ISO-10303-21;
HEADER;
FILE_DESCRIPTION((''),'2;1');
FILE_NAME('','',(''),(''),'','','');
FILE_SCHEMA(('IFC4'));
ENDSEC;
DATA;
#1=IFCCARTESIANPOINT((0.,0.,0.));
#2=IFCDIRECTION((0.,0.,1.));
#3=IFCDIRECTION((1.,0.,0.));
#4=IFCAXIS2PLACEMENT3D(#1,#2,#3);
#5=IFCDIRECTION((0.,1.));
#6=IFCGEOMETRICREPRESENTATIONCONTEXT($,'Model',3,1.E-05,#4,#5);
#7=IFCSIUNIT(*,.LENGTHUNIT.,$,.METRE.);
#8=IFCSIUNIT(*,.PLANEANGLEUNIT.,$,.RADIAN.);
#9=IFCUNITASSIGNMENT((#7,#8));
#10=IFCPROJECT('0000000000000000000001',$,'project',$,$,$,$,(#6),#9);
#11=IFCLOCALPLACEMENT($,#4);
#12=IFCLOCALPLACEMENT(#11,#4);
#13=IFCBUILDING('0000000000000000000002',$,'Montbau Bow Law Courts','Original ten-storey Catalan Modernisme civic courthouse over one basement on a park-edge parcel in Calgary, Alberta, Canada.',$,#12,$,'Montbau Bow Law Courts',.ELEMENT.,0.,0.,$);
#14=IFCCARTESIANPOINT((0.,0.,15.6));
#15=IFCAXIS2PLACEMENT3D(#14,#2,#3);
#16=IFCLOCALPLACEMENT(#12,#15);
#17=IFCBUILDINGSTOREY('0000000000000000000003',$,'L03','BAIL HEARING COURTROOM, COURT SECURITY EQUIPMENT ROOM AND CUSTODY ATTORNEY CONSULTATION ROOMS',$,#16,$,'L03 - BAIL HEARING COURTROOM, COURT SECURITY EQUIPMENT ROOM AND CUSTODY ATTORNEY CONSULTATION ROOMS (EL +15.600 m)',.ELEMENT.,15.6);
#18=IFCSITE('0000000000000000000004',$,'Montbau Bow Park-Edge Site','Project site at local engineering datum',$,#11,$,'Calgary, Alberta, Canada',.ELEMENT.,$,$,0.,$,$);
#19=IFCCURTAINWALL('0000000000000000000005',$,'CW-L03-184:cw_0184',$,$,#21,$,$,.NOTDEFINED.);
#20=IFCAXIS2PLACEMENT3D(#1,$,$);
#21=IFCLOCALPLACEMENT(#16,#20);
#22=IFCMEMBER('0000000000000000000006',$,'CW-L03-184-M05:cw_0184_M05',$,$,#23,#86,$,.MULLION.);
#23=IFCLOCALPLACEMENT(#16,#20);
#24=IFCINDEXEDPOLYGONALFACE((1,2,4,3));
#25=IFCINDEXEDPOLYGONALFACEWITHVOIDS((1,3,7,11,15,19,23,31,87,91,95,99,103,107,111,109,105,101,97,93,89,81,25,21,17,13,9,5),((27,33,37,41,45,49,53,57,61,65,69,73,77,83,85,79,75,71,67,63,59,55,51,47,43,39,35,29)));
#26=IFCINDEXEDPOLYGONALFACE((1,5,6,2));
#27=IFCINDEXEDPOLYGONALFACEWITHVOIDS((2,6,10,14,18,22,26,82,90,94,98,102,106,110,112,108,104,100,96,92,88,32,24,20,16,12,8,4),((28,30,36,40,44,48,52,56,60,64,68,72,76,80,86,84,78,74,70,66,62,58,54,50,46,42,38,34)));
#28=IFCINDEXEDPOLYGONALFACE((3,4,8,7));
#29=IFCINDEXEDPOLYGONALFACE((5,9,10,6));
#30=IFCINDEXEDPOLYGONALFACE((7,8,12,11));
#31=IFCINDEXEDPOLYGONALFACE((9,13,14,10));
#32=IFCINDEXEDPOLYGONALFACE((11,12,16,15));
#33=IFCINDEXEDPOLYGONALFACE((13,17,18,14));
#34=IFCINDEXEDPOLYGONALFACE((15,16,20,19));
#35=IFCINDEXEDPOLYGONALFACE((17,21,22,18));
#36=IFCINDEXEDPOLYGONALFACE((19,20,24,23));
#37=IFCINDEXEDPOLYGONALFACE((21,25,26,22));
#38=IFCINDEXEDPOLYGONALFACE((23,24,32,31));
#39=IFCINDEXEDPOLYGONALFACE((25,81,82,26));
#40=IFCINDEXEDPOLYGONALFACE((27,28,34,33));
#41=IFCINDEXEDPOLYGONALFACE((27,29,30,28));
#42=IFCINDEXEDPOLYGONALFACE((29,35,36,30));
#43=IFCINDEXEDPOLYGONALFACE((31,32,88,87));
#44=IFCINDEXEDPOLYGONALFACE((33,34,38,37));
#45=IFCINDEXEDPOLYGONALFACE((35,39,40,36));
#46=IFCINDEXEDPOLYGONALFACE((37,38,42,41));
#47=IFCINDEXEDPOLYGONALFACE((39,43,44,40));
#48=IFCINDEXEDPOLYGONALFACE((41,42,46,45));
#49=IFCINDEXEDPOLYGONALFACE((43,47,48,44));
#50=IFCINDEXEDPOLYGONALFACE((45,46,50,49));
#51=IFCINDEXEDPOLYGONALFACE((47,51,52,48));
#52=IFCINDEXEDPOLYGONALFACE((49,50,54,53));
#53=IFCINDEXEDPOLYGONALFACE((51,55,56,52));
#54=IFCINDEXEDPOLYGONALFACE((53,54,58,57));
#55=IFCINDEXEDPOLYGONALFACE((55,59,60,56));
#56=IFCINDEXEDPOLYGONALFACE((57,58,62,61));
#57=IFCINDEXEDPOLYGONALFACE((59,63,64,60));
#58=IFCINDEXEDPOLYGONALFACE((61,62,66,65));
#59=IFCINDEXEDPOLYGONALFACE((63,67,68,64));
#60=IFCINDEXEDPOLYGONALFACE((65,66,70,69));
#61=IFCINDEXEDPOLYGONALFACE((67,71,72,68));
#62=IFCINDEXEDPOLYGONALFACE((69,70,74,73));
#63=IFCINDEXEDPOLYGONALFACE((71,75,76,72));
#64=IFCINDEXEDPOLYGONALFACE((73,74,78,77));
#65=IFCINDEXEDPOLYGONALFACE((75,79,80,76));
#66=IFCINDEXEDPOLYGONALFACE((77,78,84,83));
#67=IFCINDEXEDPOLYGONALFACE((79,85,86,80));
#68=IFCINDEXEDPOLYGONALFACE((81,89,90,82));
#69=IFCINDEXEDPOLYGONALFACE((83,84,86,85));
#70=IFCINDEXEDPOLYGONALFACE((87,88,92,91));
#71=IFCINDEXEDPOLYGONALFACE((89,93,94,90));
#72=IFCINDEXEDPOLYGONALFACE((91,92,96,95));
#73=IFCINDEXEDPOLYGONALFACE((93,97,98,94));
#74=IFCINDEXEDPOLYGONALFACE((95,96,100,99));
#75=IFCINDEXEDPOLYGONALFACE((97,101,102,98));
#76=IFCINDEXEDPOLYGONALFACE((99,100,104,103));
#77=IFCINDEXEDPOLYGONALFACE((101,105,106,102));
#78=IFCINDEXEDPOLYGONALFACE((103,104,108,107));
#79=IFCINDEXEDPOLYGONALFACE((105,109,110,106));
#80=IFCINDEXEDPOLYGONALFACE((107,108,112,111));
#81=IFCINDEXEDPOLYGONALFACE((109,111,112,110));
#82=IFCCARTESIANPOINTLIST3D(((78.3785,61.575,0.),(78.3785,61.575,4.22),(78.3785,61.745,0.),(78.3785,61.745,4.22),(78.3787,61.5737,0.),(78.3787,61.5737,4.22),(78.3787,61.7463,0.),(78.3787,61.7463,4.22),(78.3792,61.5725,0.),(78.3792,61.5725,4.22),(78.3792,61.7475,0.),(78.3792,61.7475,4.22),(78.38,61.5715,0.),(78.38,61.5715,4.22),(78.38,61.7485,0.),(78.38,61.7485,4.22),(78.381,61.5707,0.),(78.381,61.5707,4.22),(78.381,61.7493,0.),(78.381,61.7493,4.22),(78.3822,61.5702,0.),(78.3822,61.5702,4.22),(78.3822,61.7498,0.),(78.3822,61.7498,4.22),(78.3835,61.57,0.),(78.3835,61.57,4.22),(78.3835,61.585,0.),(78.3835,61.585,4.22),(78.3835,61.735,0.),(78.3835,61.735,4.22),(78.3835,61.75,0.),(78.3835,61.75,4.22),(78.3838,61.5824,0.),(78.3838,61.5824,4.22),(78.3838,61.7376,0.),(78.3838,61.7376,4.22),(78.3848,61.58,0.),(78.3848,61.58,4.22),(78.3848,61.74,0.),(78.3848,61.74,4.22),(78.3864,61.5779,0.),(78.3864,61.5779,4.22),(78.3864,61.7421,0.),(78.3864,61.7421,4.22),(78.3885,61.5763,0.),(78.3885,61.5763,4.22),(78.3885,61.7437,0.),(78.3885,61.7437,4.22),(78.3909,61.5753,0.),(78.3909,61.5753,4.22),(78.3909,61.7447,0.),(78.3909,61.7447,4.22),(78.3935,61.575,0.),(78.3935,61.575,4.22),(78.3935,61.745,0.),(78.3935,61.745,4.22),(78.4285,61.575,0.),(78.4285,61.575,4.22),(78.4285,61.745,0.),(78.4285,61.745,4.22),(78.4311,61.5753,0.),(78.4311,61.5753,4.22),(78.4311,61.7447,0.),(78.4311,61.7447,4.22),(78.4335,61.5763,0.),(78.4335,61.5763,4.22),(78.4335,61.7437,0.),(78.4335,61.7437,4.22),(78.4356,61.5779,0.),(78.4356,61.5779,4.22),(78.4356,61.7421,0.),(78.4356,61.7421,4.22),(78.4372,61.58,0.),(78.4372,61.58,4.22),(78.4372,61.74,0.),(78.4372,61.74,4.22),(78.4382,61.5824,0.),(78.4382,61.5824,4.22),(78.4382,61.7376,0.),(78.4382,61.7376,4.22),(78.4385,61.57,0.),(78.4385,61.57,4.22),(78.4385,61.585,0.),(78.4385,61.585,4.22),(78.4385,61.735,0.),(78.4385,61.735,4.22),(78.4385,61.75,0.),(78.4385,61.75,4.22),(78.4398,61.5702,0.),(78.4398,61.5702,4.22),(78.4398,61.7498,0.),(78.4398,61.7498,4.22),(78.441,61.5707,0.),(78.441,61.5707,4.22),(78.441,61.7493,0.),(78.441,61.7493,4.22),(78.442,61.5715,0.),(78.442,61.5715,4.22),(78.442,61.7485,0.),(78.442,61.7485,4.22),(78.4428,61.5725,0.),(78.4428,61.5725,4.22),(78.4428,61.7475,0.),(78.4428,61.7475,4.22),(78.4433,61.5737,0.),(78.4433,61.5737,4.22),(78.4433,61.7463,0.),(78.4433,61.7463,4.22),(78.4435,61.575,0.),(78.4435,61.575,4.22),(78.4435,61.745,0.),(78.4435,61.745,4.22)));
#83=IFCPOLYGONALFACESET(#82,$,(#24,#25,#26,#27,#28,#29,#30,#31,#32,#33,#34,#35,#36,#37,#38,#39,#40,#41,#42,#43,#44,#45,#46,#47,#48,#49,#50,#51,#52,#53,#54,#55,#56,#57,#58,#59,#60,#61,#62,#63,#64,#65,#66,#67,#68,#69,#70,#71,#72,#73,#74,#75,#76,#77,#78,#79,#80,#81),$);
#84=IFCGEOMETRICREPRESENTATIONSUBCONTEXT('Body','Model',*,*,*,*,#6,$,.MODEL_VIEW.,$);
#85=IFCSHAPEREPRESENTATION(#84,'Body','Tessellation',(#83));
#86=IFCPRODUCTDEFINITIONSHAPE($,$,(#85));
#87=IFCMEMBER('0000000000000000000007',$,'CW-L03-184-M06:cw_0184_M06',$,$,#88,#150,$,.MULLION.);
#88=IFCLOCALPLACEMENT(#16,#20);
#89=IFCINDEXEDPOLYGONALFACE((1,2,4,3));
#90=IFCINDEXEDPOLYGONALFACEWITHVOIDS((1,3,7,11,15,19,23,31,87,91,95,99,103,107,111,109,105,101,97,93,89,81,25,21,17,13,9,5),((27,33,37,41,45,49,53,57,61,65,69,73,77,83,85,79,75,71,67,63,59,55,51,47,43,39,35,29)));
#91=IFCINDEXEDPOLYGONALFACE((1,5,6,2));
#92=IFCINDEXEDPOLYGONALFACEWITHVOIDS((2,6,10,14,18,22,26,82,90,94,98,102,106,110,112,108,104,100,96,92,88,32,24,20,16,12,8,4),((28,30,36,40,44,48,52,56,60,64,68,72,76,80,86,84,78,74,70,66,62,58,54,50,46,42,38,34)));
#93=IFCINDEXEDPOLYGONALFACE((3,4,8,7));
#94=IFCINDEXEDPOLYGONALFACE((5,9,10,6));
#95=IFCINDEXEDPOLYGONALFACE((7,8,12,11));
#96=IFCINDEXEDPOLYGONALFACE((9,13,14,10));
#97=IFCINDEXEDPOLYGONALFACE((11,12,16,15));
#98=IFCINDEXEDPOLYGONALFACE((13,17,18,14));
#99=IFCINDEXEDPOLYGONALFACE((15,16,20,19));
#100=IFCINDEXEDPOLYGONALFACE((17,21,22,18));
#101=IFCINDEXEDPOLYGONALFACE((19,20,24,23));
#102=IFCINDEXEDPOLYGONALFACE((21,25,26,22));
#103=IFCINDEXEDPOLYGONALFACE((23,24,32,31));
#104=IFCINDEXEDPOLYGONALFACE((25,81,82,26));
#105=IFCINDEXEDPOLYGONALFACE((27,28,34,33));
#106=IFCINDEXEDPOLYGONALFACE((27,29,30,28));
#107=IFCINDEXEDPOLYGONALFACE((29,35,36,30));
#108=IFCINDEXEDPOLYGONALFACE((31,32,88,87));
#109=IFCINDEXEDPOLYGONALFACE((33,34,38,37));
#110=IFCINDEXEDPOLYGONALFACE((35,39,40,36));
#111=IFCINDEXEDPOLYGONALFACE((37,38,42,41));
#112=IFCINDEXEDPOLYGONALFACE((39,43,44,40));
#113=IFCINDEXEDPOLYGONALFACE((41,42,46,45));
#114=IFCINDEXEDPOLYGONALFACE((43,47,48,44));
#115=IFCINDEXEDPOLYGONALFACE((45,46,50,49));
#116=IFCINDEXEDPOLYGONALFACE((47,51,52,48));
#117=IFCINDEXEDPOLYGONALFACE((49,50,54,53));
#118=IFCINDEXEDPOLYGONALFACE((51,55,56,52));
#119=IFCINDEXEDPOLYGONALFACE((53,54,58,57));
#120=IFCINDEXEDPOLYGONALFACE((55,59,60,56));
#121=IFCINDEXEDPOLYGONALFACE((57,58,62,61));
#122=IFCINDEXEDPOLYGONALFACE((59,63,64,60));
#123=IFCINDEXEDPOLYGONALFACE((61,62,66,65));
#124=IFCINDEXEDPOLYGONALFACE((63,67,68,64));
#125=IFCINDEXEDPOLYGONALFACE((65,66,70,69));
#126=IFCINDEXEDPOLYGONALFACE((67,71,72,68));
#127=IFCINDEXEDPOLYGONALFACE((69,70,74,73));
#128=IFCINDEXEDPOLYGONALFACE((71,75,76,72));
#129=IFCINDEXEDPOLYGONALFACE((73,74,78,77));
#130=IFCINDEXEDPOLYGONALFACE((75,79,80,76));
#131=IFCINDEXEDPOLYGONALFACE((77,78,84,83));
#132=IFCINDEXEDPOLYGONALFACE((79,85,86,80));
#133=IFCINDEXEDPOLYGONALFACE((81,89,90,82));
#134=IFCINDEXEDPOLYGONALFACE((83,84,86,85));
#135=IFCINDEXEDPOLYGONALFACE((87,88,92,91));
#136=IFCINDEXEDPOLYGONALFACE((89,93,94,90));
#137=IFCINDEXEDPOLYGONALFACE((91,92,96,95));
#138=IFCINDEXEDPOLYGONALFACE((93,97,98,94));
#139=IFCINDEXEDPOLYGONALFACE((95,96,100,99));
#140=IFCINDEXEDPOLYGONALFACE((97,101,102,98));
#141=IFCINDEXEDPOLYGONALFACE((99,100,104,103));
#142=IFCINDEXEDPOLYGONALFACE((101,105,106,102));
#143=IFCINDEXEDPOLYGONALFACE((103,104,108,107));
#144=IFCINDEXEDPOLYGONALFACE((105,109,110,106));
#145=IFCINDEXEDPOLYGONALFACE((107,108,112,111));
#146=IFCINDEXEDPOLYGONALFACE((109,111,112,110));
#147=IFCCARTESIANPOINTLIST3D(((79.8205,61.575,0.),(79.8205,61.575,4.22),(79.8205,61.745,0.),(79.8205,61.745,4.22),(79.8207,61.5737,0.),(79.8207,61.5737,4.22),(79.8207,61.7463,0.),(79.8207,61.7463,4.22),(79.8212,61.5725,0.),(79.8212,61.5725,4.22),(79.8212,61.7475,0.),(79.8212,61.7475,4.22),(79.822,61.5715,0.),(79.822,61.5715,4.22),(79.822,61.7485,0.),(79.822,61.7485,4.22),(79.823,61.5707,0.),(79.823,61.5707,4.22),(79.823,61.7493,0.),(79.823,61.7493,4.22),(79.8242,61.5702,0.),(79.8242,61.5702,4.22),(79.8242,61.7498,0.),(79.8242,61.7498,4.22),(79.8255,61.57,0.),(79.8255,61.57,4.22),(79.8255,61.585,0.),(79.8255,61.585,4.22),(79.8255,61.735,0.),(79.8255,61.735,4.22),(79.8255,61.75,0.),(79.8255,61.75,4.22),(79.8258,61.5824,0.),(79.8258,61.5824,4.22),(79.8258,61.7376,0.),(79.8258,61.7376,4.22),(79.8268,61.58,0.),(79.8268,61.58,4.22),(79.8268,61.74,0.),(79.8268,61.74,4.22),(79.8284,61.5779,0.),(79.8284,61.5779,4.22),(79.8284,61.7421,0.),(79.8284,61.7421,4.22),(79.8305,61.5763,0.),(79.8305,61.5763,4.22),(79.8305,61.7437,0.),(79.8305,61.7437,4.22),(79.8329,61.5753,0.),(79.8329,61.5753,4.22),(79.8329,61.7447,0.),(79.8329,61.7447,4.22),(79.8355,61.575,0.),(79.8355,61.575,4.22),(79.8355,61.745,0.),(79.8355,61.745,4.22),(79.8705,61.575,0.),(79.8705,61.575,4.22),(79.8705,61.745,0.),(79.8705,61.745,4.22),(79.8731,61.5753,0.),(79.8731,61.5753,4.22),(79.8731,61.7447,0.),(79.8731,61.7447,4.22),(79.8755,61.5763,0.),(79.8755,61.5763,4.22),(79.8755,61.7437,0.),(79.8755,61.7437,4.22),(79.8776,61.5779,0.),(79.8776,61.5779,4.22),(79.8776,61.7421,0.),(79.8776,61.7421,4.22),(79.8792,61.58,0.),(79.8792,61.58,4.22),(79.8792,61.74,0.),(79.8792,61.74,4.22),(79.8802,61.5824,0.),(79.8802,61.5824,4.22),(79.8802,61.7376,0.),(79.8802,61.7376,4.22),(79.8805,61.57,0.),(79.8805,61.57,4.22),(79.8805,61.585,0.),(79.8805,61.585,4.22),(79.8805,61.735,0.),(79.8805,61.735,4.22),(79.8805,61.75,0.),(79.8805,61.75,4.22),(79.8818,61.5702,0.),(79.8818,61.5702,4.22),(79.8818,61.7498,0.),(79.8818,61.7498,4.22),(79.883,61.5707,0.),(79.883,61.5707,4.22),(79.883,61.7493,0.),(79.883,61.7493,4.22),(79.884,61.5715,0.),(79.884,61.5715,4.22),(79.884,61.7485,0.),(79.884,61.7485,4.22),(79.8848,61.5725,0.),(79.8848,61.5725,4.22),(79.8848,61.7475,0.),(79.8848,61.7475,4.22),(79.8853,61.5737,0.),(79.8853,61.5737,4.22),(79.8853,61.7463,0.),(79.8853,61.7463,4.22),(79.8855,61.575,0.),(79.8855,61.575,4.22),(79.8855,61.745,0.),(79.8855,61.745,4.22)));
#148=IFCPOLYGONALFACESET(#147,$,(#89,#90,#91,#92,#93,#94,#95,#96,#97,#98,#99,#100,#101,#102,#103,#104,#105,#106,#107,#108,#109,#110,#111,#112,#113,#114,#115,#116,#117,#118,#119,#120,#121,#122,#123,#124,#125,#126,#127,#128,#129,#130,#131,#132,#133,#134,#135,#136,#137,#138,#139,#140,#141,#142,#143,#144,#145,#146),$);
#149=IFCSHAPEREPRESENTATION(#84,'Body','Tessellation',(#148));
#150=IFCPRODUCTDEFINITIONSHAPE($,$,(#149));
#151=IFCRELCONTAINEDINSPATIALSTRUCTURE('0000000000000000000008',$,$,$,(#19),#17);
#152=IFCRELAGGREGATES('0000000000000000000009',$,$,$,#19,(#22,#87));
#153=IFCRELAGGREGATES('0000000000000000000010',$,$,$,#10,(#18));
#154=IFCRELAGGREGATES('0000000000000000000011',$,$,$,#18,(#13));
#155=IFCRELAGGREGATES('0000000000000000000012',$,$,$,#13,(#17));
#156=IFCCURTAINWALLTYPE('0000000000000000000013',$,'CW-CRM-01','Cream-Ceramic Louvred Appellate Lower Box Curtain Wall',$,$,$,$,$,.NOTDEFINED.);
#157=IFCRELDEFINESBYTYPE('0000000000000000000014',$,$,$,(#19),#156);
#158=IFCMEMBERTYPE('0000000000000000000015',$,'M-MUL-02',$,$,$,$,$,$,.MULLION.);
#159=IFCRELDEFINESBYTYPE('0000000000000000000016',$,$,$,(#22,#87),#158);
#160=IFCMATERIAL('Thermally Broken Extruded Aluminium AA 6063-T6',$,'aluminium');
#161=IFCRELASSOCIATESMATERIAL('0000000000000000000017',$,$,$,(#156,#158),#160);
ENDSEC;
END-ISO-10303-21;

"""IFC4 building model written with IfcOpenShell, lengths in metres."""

from ifc_helpers import new_model, si_unit, direction, frame, origin_with_axes, origin_2d_with_axis, place, context, subcontext, project, spatial, hollow_rectangle, extrude, material, material_profile, profile_set, type_object, element, aggregate, save


model = new_model("IFC4")

# Units and contexts
model_context = context("Model", 3, precision=1e-05, world=origin_with_axes(), true_north=direction((0.0, 1.0)))
body_context = subcontext(model_context, "Body", "Model", "MODEL_VIEW")
ifc_project = project(units=[si_unit("LENGTHUNIT", "METRE"), si_unit("PLANEANGLEUNIT", "RADIAN")], contexts=[model_context])

# Site, building, storey
site_placement = place(None, origin_with_axes())
site = spatial("IfcSite", under=ifc_project, at=site_placement, Name="Montbau Bow Park-Edge Site", Description="Project site at local engineering datum", LongName="Calgary, Alberta, Canada", CompositionType="ELEMENT", RefElevation=0.0)
building_placement = place(site_placement, origin_with_axes())
building = spatial("IfcBuilding", under=site, at=building_placement, Name="Montbau Bow Law Courts", Description="Original ten-storey Catalan Modernisme civic courthouse over one basement on a park-edge parcel in Calgary, Alberta, Canada.", LongName="Montbau Bow Law Courts", CompositionType="ELEMENT", ElevationOfRefHeight=0.0, ElevationOfTerrain=0.0)
storey_placement = place(building_placement, frame((0.0, 0.0, 15.6), z_axis=(0.0, 0.0, 1.0), x_axis=(1.0, 0.0, 0.0)))
storey = spatial("IfcBuildingStorey", under=building, at=storey_placement, Name="L03", Description="BAIL HEARING COURTROOM, COURT SECURITY EQUIPMENT ROOM AND CUSTODY ATTORNEY CONSULTATION ROOMS", LongName="L03 - BAIL HEARING COURTROOM, COURT SECURITY EQUIPMENT ROOM AND CUSTODY ATTORNEY CONSULTATION ROOMS (EL +15.600 m)", CompositionType="ELEMENT", Elevation=15.6)

# Curtain wall, members
ifc_material_1 = material(Name="Thermally Broken Extruded Aluminium AA 6063-T6", Category="aluminium")
curtain_wall_type = type_object("IfcCurtainWallType", Name="CW-CRM-01", Description="Cream-Ceramic Louvred Appellate Lower Box Curtain Wall", PredefinedType="NOTDEFINED", material=ifc_material_1)
curtain_wall_1_placement = place(None, frame((72.515, 61.66, 15.6), z_axis=(0.0, 0.0, 1.0), x_axis=(1.0, 0.0, 0.0)))
curtain_wall_1 = element("IfcCurtainWall", 1, at=curtain_wall_1_placement, inside=storey, type_object=curtain_wall_type, Name="CW-L03-184:cw_0184", PredefinedType="NOTDEFINED")
ifc_material_profile_1 = material_profile(ifc_material_1, hollow_rectangle(XDim=0.065, YDim=0.18, WallThickness=0.005, InnerFilletRadius=0.01, OuterFilletRadius=0.005, at=origin_2d_with_axis()), Name="CWM-180X65", Category="Main", Priority=0)
ifc_profile_set_1 = profile_set([ifc_material_profile_1], Name="Thermally Broken Extruded Aluminium AA 6063-T6")
member_type_1 = type_object("IfcMemberType", Name="M-MUL-02", PredefinedType="MULLION", material=ifc_profile_set_1)
member_1_placement = place(None, frame((78.411, 61.66, 15.6), z_axis=(0.0, 0.0, 1.0), x_axis=(1.0, 0.0, 0.0)))
member_1 = element("IfcMember", 2, at=member_1_placement, type_object=member_type_1, Name="CW-L03-184-M05:cw_0184_M05", PredefinedType="MULLION", context=body_context, shape_type="SweptSolid", body=[
    extrude(hollow_rectangle(XDim=0.065, YDim=0.18, WallThickness=0.005, InnerFilletRadius=0.01, OuterFilletRadius=0.005, at=origin_2d_with_axis()), origin_with_axes(), (0.0, 0.0, 1.0), 4.22),
])
member_2_placement = place(None, frame((79.853, 61.66, 15.6), z_axis=(0.0, 0.0, 1.0), x_axis=(1.0, 0.0, 0.0)))
member_2 = element("IfcMember", 3, at=member_2_placement, type_object=member_type_1, Name="CW-L03-184-M06:cw_0184_M06", PredefinedType="MULLION", context=body_context, shape_type="SweptSolid", body=[
    extrude(hollow_rectangle(XDim=0.065, YDim=0.18, WallThickness=0.005, InnerFilletRadius=0.01, OuterFilletRadius=0.005, at=origin_2d_with_axis()), origin_with_axes(), (0.0, 0.0, 1.0), 4.22),
])

aggregate(curtain_wall_1, [member_1, member_2])

save(model, "model.ifc")
